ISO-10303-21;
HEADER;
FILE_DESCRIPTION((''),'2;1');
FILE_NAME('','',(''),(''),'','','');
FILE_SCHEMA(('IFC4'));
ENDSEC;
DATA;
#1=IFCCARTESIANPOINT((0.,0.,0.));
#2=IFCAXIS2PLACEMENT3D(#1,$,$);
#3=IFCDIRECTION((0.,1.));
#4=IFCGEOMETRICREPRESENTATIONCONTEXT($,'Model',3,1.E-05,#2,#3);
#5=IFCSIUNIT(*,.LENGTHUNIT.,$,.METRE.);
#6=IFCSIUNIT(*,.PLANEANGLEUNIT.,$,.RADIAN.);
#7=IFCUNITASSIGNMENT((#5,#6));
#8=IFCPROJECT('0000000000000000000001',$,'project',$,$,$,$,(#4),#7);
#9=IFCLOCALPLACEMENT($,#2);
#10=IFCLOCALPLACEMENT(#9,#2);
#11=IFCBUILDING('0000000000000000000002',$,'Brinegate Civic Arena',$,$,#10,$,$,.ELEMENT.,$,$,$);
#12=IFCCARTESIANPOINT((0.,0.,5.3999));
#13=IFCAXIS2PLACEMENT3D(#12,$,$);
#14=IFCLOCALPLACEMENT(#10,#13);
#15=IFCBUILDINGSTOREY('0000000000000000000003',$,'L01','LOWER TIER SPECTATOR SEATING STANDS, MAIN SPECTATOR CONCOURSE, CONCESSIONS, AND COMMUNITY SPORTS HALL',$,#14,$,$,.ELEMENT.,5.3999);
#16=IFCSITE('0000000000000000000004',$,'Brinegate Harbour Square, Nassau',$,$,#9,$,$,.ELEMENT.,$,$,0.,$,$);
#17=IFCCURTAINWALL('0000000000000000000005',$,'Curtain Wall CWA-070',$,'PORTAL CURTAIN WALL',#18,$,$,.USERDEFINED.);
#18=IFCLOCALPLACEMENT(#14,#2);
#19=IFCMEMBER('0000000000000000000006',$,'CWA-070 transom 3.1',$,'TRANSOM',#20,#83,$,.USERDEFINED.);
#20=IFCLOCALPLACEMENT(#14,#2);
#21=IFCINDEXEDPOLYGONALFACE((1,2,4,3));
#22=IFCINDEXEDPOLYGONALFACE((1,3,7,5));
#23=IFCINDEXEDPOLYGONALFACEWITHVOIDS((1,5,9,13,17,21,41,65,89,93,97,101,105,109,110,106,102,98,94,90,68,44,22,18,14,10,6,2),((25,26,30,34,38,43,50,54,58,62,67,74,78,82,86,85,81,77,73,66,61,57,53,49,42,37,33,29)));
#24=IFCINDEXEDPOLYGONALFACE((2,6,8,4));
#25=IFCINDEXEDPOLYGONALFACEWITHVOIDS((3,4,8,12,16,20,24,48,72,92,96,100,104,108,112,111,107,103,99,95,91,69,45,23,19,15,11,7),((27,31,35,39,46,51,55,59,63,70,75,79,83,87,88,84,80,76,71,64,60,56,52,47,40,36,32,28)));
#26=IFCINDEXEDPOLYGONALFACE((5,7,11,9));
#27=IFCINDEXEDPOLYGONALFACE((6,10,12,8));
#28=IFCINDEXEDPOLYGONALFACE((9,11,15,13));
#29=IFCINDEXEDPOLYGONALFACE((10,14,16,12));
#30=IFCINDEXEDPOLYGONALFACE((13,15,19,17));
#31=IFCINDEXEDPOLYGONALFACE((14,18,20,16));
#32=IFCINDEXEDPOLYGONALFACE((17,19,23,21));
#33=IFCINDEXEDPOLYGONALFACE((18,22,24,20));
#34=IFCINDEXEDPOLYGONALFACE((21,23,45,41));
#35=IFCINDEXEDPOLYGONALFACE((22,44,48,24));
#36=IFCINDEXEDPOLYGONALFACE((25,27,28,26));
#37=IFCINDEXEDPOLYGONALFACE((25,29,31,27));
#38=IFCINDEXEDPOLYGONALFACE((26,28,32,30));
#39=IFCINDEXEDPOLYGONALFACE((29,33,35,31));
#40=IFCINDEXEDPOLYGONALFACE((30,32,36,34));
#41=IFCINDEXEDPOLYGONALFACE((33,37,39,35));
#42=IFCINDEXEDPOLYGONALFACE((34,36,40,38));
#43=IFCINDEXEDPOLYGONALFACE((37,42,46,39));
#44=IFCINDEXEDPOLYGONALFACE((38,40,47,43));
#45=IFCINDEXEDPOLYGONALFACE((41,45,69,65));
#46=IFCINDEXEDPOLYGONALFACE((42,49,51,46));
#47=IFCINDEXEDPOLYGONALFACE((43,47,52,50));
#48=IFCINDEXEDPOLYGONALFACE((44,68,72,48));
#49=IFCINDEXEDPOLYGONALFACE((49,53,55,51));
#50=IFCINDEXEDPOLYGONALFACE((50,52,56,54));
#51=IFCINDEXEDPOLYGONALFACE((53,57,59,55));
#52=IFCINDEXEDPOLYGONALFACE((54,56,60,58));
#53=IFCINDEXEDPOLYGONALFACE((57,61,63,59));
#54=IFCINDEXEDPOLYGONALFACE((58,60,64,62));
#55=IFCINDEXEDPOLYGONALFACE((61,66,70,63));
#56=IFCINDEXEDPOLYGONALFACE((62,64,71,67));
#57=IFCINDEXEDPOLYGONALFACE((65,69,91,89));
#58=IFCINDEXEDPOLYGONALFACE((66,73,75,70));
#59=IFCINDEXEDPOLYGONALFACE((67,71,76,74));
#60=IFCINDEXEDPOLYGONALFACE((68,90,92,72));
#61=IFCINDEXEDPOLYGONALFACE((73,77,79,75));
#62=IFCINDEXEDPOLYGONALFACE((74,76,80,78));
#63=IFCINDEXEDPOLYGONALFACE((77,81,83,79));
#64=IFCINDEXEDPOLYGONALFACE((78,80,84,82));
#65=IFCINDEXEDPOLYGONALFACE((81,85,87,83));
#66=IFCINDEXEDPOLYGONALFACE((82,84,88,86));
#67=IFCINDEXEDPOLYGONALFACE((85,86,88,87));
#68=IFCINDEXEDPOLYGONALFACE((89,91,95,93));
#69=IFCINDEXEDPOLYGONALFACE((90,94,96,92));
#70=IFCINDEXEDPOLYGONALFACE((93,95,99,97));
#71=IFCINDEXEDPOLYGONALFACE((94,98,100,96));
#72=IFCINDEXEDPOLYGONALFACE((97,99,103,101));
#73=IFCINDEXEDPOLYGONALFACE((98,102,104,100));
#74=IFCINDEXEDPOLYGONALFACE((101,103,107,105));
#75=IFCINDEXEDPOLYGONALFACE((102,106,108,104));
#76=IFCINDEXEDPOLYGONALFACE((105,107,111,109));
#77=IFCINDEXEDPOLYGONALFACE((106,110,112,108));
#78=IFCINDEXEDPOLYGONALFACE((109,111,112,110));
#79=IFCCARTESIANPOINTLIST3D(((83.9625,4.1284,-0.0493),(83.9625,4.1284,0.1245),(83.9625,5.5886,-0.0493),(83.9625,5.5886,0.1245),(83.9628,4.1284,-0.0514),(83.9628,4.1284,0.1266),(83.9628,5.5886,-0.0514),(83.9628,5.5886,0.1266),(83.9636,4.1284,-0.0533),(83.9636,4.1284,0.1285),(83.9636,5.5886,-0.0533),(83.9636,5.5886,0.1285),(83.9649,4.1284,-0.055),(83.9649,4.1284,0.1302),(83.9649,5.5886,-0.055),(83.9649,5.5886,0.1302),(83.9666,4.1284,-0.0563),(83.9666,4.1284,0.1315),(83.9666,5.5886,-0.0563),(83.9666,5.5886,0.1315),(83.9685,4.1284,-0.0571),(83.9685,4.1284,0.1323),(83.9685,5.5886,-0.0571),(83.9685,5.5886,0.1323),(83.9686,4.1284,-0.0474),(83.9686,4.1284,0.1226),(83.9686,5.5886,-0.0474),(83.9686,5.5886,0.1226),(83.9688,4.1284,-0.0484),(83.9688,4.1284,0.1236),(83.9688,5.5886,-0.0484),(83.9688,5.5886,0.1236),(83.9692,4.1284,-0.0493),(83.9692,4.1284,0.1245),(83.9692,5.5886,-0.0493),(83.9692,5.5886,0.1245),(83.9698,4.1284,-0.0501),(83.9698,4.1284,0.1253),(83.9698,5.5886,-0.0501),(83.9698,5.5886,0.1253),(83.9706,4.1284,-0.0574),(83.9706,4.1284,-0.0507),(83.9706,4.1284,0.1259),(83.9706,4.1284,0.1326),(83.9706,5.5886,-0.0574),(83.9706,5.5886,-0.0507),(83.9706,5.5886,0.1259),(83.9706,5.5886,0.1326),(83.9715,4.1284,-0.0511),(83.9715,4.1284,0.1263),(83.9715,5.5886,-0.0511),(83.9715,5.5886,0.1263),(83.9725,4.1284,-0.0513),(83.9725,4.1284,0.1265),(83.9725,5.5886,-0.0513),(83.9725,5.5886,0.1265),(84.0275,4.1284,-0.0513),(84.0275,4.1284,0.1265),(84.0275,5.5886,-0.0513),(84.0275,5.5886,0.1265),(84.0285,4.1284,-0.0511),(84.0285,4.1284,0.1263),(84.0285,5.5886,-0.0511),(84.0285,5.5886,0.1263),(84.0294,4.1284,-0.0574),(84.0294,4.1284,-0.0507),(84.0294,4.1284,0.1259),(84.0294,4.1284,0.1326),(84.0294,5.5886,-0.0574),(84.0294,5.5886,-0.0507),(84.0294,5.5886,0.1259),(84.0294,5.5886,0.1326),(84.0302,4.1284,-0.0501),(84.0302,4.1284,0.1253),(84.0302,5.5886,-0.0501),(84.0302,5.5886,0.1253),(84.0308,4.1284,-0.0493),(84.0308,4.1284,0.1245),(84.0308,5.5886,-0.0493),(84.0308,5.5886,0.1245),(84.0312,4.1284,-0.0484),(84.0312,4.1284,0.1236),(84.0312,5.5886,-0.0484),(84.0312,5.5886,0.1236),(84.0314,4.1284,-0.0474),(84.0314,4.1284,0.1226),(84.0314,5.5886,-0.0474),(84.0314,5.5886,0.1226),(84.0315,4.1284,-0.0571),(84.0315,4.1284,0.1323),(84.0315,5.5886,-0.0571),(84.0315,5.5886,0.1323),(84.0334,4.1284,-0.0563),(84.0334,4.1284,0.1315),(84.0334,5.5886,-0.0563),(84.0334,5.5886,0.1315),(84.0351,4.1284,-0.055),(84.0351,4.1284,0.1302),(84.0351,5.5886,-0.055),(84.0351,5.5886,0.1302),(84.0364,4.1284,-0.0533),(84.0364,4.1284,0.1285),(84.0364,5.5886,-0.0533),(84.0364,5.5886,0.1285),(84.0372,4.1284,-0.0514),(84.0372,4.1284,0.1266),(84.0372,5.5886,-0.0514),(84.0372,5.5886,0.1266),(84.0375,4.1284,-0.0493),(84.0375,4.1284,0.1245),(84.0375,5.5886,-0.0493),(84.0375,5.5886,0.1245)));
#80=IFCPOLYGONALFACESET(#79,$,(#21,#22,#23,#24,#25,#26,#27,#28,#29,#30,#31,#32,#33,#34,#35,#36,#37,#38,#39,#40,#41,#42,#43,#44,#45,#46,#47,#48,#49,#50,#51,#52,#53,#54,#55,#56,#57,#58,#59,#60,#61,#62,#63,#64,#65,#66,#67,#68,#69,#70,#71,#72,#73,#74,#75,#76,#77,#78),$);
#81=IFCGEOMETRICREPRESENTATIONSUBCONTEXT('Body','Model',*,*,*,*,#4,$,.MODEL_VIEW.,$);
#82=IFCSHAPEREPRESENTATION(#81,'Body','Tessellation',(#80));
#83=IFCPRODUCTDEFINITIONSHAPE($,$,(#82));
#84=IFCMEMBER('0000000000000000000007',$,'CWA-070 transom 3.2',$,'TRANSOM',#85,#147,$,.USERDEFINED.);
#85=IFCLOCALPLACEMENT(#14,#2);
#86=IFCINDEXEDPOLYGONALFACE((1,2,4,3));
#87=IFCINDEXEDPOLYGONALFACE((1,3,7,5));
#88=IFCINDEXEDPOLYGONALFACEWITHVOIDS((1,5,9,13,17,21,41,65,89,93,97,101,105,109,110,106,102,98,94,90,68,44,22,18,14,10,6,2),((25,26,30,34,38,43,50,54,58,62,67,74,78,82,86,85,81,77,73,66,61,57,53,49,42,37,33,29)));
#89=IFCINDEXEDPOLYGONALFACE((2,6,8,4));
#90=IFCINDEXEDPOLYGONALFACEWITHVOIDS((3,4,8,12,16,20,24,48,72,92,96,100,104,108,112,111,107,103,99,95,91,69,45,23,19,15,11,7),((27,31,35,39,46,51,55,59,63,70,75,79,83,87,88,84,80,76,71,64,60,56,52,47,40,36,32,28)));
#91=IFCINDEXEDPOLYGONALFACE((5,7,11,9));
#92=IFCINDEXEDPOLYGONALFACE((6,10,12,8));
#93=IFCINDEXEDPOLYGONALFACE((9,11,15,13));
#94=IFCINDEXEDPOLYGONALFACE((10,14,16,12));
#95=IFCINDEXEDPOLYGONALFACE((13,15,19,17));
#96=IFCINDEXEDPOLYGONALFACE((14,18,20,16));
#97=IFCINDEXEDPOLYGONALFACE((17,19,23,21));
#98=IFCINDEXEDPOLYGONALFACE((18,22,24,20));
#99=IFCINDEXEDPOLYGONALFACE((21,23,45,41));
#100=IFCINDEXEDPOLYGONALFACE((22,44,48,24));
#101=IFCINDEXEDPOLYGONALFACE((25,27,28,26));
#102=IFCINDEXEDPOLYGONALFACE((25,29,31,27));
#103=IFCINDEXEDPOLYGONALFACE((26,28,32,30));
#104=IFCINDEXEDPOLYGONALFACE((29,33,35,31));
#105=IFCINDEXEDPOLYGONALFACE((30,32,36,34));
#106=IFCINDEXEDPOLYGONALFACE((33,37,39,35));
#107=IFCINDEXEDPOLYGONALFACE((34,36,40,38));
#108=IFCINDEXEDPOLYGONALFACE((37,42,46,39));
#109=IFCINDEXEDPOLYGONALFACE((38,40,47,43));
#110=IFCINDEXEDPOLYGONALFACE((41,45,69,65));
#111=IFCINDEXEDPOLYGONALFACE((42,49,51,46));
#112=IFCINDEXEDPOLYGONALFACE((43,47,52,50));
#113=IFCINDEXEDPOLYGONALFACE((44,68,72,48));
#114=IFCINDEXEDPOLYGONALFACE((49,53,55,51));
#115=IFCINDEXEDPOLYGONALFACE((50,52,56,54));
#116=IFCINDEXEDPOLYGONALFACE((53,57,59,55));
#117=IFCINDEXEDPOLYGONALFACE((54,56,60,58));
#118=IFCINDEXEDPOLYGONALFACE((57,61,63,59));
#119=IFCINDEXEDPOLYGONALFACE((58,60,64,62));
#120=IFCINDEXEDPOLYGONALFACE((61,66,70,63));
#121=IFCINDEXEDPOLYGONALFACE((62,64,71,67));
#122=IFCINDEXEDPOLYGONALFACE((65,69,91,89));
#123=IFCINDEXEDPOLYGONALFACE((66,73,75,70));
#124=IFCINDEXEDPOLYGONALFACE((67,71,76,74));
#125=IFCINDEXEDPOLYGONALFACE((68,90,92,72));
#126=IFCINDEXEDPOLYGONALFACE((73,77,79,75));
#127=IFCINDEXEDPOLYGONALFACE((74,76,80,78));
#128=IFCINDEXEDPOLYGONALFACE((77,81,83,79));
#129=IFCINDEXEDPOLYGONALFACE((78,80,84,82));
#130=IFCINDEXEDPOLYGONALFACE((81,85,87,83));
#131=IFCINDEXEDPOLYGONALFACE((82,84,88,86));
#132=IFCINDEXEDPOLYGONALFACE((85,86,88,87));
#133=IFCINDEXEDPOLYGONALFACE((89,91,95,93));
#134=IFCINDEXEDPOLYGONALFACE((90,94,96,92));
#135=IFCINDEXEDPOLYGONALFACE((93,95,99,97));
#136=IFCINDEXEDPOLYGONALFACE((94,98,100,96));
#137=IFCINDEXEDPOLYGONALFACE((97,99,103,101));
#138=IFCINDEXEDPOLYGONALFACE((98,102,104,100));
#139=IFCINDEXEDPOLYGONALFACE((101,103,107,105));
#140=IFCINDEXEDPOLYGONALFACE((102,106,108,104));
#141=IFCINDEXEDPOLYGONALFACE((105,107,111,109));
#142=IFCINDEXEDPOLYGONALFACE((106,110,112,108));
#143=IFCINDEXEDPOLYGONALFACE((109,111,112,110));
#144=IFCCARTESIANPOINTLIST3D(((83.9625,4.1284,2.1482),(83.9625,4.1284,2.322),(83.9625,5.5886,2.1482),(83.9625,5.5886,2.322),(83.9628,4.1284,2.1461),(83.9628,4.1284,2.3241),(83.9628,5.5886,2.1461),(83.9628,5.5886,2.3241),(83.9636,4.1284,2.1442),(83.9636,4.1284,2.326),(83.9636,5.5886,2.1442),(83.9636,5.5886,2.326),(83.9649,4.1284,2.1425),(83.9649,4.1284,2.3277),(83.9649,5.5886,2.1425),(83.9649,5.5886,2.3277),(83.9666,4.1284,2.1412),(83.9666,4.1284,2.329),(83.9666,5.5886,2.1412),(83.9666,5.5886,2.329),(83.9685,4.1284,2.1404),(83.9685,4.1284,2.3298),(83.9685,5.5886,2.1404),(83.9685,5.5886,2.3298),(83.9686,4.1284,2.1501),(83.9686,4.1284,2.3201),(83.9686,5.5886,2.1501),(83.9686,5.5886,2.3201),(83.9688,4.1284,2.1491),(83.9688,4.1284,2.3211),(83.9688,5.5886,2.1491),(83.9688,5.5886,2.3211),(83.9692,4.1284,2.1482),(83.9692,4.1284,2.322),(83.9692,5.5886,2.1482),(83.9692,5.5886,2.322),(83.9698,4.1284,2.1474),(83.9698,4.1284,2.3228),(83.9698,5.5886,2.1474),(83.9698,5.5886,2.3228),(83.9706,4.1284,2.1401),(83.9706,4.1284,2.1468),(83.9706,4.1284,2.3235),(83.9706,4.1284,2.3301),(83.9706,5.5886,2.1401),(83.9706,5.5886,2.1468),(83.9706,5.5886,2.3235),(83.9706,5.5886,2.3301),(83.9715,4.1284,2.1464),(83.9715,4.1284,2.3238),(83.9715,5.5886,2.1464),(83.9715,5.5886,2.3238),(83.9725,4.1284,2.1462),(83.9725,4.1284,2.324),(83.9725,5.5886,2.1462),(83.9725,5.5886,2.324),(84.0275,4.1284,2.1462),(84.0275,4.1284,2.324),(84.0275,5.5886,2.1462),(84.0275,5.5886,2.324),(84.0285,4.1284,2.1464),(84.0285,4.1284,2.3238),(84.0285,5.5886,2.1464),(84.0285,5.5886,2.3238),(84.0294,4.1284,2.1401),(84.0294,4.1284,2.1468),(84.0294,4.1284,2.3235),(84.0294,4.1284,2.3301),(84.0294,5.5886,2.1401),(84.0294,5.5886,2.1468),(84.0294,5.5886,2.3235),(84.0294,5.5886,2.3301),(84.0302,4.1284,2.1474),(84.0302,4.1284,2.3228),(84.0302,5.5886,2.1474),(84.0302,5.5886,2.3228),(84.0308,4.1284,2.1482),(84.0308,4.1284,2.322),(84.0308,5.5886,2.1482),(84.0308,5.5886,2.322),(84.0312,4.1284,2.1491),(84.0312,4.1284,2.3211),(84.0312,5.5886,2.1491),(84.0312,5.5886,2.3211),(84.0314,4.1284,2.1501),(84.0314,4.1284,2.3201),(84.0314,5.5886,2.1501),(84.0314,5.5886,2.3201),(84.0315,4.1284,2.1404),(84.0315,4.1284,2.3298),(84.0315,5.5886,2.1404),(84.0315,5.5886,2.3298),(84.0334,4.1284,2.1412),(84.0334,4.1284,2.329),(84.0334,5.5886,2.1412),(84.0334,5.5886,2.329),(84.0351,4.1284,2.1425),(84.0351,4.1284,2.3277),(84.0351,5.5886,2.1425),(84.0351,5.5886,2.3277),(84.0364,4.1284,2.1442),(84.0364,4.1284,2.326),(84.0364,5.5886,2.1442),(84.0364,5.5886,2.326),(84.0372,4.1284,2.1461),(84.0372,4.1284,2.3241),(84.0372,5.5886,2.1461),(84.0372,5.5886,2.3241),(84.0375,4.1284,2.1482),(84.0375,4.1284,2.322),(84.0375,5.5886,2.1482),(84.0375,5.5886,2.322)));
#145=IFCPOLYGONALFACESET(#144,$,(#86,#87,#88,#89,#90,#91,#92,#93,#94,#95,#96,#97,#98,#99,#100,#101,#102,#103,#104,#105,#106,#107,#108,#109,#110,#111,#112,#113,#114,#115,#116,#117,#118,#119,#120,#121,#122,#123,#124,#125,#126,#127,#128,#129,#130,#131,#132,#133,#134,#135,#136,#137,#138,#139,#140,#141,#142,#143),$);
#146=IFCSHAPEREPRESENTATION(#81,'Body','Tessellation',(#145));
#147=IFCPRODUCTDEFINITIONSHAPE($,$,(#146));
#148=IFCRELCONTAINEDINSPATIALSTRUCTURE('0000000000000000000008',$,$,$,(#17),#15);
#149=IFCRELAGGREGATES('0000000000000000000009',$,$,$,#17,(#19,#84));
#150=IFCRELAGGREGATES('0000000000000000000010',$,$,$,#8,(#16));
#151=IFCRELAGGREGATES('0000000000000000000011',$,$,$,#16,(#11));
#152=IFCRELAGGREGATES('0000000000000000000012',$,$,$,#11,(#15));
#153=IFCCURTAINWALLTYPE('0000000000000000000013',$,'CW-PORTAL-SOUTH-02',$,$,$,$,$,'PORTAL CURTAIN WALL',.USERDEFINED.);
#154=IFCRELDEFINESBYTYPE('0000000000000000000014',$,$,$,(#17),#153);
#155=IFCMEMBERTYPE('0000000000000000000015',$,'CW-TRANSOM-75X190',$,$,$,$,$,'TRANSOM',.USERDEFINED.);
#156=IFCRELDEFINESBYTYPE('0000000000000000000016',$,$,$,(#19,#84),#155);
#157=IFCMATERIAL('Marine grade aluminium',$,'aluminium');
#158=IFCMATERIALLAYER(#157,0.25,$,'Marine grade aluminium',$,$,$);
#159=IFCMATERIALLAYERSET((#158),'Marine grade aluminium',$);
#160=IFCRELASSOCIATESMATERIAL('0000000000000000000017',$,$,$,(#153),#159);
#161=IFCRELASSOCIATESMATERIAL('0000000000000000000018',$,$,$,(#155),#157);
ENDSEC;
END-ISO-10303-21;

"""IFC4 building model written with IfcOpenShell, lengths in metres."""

from ifc_helpers import new_model, si_unit, direction, frame, origin, origin_2d, place, context, subcontext, project, spatial, hollow_rectangle, extrude, material, layer, layer_set, material_profile, profile_set, type_object, element, aggregate, save


model = new_model("IFC4")

# Units and contexts
model_context = context("Model", 3, precision=1e-05, world=origin(), true_north=direction((0.0, 1.0)))
body_context = subcontext(model_context, "Body", "Model", "MODEL_VIEW")
ifc_project = project(units=[si_unit("LENGTHUNIT", "METRE"), si_unit("PLANEANGLEUNIT", "RADIAN")], contexts=[model_context])

# Site, building, storey
site_placement = place(None, origin())
site = spatial("IfcSite", under=ifc_project, at=site_placement, Name="Brinegate Harbour Square, Nassau", CompositionType="ELEMENT", RefElevation=0.0)
building_placement = place(site_placement, origin())
building = spatial("IfcBuilding", under=site, at=building_placement, Name="Brinegate Civic Arena", CompositionType="ELEMENT")
storey_placement = place(building_placement, frame((0.0, 0.0, 5.3999)))
storey = spatial("IfcBuildingStorey", under=building, at=storey_placement, Name="L01", Description="LOWER TIER SPECTATOR SEATING STANDS, MAIN SPECTATOR CONCOURSE, CONCESSIONS, AND COMMUNITY SPORTS HALL", CompositionType="ELEMENT", Elevation=5.3999)

# Curtain wall, members
ifc_material_1 = material(Name="Marine grade aluminium", Category="aluminium")
ifc_layer_1 = layer(ifc_material_1, 0.25, Name="Marine grade aluminium")
ifc_layer_set_1 = layer_set([ifc_layer_1], Name="Marine grade aluminium")
curtain_wall_type = type_object("IfcCurtainWallType", Name="CW-PORTAL-SOUTH-02", ElementType="PORTAL CURTAIN WALL", PredefinedType="USERDEFINED", material=ifc_layer_set_1)
curtain_wall_placement = place(storey_placement, origin())
curtain_wall = element("IfcCurtainWall", 1, at=curtain_wall_placement, inside=storey, type_object=curtain_wall_type, Name="Curtain Wall CWA-070", ObjectType="PORTAL CURTAIN WALL", PredefinedType="USERDEFINED")
ifc_material_profile_1 = material_profile(ifc_material_1, hollow_rectangle(XDim=0.075, YDim=0.1899, WallThickness=0.0061, InnerFilletRadius=0.0039, OuterFilletRadius=0.0081, at=origin_2d()), Name="TRN75X190")
ifc_profile_set_1 = profile_set([ifc_material_profile_1], Name="Marine grade aluminium")
member_type_1 = type_object("IfcMemberType", Name="CW-TRANSOM-75X190", ElementType="TRANSOM", PredefinedType="USERDEFINED", material=ifc_profile_set_1)
member_1_placement = place(storey_placement, frame((84.0, 4.1284, 0.0376), z_axis=(0.0, 1.0, 0.0), x_axis=(-1.0, 0.0, 0.0)))
member_1 = element("IfcMember", 2, at=member_1_placement, type_object=member_type_1, Name="CWA-070 transom 3.1", ObjectType="TRANSOM", PredefinedType="USERDEFINED", context=body_context, shape_type="SweptSolid", body=[
    extrude(hollow_rectangle(XDim=0.075, YDim=0.1899, WallThickness=0.0061, InnerFilletRadius=0.0039, OuterFilletRadius=0.0081, at=origin_2d()), origin(), (0.0, 0.0, 1.0), 1.4602),
])
member_2_placement = place(storey_placement, frame((84.0, 4.1284, 2.2351), z_axis=(0.0, 1.0, 0.0), x_axis=(-1.0, 0.0, 0.0)))
member_2 = element("IfcMember", 3, at=member_2_placement, type_object=member_type_1, Name="CWA-070 transom 3.2", ObjectType="TRANSOM", PredefinedType="USERDEFINED", context=body_context, shape_type="SweptSolid", body=[
    extrude(hollow_rectangle(XDim=0.075, YDim=0.1899, WallThickness=0.0061, InnerFilletRadius=0.0039, OuterFilletRadius=0.0081, at=origin_2d()), origin(), (0.0, 0.0, 1.0), 1.4602),
])

aggregate(curtain_wall, [member_1, member_2])

save(model, "model.ifc")
